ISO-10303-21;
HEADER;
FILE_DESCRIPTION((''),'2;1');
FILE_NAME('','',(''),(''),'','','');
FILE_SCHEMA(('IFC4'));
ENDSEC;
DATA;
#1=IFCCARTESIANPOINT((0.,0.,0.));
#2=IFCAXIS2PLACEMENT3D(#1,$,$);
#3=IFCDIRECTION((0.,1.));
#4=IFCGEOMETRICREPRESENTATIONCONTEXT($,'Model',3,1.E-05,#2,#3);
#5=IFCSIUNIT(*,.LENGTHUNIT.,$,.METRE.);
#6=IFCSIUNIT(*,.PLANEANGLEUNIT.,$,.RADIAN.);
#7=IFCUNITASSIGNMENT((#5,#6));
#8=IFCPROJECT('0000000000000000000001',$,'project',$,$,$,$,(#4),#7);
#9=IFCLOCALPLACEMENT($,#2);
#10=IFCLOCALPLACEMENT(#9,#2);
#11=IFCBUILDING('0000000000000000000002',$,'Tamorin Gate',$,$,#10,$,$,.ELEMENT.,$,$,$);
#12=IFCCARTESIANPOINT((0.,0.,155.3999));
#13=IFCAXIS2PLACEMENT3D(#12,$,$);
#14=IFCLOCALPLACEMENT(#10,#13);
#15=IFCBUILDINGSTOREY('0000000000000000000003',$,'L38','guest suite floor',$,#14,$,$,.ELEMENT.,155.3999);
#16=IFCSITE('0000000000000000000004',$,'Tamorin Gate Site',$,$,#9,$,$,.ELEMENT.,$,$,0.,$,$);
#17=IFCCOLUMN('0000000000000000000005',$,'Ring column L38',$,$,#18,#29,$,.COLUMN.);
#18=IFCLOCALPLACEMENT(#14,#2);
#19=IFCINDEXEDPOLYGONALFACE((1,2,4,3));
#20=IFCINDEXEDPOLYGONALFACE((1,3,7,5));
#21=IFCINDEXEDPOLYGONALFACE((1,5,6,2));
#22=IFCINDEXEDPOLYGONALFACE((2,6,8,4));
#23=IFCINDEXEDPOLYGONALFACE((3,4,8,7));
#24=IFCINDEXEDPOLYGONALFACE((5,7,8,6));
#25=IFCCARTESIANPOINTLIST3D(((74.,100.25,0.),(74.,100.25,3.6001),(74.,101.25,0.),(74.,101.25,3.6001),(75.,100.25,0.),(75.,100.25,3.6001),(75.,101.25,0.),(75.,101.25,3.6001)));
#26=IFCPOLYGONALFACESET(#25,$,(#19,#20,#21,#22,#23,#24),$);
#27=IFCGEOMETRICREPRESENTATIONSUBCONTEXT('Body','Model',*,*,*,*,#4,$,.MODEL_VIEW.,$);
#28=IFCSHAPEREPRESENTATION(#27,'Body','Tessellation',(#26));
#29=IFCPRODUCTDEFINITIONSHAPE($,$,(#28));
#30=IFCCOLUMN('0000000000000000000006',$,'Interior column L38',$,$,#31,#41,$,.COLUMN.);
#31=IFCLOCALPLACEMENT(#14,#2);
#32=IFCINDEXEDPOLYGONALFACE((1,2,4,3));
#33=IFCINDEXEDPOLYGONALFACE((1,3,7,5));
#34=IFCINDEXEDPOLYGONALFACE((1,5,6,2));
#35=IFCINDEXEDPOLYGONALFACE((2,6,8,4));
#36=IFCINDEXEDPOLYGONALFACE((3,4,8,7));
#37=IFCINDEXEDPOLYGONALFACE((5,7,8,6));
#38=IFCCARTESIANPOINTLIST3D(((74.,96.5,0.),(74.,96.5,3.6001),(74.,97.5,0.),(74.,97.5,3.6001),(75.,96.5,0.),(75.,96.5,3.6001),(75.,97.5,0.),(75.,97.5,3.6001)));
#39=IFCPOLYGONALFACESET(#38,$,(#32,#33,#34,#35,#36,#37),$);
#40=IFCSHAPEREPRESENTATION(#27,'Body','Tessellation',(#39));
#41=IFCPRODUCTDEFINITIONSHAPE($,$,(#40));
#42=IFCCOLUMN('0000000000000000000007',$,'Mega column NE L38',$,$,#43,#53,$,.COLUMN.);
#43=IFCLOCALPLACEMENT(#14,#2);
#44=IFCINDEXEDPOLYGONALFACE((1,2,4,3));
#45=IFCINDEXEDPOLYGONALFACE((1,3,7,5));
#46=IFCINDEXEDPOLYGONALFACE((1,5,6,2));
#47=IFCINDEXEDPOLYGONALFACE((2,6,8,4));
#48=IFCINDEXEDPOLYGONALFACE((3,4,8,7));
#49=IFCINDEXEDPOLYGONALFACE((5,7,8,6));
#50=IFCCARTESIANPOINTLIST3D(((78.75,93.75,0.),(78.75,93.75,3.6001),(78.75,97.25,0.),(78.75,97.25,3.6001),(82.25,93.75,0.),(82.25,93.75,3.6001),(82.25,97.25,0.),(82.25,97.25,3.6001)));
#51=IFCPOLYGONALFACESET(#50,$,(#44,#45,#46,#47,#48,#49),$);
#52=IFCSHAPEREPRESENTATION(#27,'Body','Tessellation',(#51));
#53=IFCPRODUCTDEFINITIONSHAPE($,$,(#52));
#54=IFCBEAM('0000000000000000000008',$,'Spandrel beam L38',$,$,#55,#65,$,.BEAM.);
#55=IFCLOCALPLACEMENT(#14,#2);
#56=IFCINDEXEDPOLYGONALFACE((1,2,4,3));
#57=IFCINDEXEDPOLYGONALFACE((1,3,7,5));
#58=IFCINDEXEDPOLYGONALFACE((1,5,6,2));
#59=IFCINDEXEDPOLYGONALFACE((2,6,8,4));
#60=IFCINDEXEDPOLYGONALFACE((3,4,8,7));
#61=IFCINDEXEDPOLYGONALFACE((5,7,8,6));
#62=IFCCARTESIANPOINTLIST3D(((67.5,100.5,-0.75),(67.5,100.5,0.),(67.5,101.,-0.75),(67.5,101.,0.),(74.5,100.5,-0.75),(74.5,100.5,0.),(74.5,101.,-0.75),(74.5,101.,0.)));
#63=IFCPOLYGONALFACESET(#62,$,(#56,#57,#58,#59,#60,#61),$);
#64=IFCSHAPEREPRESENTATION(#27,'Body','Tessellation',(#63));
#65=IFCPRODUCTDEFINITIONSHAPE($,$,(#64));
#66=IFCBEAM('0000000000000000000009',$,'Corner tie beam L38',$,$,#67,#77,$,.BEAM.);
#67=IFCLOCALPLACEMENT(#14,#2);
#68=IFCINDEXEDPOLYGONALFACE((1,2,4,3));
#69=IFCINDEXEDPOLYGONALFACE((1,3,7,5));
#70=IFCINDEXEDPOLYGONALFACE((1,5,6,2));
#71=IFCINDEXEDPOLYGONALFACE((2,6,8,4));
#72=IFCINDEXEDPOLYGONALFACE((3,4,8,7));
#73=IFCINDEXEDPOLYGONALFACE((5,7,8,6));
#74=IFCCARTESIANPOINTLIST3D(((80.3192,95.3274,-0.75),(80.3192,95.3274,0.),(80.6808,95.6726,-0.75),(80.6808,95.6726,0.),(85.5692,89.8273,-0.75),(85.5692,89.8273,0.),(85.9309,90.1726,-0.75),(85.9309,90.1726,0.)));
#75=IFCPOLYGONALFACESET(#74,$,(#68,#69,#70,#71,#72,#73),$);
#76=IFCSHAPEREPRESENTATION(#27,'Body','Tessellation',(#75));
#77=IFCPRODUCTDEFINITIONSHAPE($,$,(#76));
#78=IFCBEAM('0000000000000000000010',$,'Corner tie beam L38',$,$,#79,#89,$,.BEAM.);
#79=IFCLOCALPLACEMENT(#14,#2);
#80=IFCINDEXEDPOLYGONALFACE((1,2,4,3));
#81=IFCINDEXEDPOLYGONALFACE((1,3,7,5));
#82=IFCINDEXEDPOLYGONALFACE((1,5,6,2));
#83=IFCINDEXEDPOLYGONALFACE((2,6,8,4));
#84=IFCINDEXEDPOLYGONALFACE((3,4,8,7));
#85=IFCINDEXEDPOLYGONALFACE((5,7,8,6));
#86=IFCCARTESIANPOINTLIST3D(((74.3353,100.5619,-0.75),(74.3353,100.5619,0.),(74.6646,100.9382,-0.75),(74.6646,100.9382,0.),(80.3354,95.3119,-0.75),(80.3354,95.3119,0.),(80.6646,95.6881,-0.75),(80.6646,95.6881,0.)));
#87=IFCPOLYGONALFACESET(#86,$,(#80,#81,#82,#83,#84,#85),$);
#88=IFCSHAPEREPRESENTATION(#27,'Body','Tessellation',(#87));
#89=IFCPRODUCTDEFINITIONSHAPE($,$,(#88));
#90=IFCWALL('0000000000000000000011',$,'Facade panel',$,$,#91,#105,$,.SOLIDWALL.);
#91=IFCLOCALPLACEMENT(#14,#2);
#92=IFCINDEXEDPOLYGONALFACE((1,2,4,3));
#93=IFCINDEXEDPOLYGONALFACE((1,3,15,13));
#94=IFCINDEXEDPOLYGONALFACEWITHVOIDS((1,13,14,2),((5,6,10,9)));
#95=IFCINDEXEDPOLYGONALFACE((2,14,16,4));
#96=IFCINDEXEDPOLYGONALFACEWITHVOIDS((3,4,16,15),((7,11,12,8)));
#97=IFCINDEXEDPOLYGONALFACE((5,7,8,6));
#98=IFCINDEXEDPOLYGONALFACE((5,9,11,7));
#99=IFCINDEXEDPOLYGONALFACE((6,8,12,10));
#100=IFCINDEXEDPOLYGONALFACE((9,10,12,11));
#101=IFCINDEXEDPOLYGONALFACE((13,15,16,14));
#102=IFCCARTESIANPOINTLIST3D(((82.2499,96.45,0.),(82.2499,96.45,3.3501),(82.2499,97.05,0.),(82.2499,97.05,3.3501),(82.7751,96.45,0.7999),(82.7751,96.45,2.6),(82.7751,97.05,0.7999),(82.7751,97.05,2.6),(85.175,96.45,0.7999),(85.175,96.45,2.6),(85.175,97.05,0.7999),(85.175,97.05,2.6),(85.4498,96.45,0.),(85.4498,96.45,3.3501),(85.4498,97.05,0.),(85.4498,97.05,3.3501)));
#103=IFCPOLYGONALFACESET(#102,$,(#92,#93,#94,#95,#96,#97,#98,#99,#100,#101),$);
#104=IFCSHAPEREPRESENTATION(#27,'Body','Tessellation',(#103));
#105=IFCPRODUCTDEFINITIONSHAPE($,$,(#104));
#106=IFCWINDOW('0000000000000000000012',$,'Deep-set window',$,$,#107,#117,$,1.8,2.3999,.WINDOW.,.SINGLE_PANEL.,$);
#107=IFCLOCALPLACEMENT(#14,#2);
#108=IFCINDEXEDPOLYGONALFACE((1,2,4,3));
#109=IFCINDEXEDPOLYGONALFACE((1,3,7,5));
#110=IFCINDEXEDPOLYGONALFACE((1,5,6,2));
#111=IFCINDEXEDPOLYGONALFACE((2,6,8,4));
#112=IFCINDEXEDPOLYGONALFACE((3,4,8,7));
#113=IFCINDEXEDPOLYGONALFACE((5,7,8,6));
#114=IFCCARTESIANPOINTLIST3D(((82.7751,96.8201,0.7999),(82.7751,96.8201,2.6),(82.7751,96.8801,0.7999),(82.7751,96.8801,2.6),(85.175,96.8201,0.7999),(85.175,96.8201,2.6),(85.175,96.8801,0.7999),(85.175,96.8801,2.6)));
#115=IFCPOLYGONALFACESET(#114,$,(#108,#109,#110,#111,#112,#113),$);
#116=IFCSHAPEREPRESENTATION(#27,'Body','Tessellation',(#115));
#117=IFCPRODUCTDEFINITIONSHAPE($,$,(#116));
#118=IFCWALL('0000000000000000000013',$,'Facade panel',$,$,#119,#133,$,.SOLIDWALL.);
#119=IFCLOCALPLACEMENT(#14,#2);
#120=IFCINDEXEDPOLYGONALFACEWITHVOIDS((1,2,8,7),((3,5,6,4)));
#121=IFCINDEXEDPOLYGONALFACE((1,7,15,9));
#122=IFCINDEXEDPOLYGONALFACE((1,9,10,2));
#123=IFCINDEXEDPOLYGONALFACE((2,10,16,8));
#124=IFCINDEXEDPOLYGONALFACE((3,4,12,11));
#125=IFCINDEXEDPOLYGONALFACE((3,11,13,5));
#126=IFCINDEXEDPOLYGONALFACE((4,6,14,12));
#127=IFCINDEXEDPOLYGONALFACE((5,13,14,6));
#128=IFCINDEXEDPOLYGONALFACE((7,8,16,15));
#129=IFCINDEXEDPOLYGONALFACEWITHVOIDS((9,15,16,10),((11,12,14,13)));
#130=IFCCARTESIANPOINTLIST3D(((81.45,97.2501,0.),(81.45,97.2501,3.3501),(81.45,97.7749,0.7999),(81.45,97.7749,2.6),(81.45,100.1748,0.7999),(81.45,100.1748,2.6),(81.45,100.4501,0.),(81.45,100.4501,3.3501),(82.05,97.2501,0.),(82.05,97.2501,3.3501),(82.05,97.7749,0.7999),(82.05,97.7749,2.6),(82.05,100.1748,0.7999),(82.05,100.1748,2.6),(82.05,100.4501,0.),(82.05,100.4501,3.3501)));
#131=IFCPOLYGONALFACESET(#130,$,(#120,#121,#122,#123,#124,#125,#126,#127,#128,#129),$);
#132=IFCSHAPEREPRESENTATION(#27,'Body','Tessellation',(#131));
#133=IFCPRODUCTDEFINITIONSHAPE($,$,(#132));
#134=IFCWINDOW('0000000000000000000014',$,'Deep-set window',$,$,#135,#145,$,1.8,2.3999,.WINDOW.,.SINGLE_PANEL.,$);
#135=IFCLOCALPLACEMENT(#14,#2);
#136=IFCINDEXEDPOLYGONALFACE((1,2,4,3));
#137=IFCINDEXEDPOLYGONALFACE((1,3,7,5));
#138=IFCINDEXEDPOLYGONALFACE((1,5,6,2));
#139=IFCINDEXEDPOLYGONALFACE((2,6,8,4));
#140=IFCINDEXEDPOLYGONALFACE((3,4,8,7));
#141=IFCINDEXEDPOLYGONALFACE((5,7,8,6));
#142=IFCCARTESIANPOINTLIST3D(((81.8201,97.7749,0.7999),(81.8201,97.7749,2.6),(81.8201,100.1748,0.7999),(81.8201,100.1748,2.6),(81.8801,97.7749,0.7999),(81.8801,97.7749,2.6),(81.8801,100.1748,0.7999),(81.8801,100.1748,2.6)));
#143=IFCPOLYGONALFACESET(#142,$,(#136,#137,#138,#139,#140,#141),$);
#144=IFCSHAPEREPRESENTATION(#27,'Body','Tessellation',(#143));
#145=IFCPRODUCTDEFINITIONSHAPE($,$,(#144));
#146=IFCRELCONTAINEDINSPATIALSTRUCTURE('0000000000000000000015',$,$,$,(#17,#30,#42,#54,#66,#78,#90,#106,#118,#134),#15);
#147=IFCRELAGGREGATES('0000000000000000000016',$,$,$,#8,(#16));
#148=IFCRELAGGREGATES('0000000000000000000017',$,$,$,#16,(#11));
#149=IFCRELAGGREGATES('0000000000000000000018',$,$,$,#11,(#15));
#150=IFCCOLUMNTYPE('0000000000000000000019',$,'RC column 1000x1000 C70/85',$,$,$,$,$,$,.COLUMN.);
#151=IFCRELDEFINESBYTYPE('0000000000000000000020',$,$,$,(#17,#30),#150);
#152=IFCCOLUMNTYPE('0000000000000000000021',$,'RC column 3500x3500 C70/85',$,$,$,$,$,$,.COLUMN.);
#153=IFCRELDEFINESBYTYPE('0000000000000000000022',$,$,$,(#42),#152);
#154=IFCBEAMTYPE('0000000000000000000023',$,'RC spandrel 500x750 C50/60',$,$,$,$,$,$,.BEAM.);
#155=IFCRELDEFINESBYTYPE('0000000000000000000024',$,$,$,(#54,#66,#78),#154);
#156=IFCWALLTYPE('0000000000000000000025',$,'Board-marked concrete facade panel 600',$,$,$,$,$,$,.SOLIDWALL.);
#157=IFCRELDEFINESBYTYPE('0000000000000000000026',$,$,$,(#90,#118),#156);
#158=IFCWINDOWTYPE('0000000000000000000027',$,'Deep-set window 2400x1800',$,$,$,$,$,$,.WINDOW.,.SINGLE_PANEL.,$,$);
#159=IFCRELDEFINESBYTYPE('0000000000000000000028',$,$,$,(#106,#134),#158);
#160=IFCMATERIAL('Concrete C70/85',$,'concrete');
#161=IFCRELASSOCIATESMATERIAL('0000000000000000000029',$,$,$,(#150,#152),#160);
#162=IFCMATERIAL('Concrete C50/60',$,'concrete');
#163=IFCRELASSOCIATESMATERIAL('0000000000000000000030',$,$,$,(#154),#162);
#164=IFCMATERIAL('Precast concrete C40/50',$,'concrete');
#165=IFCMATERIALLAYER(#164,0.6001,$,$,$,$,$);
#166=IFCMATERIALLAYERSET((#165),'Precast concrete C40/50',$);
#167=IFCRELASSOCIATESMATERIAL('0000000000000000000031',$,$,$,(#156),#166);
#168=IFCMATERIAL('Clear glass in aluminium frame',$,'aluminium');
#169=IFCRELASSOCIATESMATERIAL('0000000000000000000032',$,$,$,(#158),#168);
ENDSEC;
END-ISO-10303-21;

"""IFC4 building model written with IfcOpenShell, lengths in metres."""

from ifc_helpers import new_model, si_unit, direction, frame, frame_2d, origin, origin_2d, place, context, subcontext, project, spatial, rectangle, extrude, material, layer, layer_set, material_profile, profile_set, type_object, element, fill, save


model = new_model("IFC4")

# Units and contexts
model_context = context("Model", 3, precision=1e-05, world=origin(), true_north=direction((0.0, 1.0)))
body_context = subcontext(model_context, "Body", "Model", "MODEL_VIEW")
ifc_project = project(units=[si_unit("LENGTHUNIT", "METRE"), si_unit("PLANEANGLEUNIT", "RADIAN")], contexts=[model_context])

# Site, building, storey
site_placement = place(None, origin())
site = spatial("IfcSite", under=ifc_project, at=site_placement, Name="Tamorin Gate Site", CompositionType="ELEMENT", RefElevation=0.0)
building_placement = place(site_placement, origin())
building = spatial("IfcBuilding", under=site, at=building_placement, Name="Tamorin Gate", CompositionType="ELEMENT")
storey_placement = place(building_placement, frame((0.0, 0.0, 155.3999)))
storey = spatial("IfcBuildingStorey", under=building, at=storey_placement, Name="L38", Description="guest suite floor", CompositionType="ELEMENT", Elevation=155.3999)

# Columns
ifc_material_1 = material(Name="Concrete C70/85", Category="concrete")
ifc_material_profile_1 = material_profile(ifc_material_1, rectangle(XDim=1.0, YDim=1.0, at=origin_2d()), Name="RC 1000x1000")
ifc_profile_set_1 = profile_set([ifc_material_profile_1], Name="Concrete C70/85")
column_type_1 = type_object("IfcColumnType", Name="RC column 1000x1000 C70/85", PredefinedType="COLUMN", material=ifc_profile_set_1)
for number, where, z_axis, x_axis, name in (
    (1, (74.5, 100.75, 0.0), (0.0, 0.0, 1.0), (1.0, 0.0, 0.0), "Ring column L38"),
    (2, (74.5, 97.0, 0.0), (0.0, 0.0, 1.0), (1.0, 0.0, 0.0), "Interior column L38"),
):
    element("IfcColumn", number, at=place(storey_placement, frame(where, z_axis=z_axis, x_axis=x_axis)), inside=storey, type_object=column_type_1, Name=name, PredefinedType="COLUMN", context=body_context, shape_type="SweptSolid", body=[
        extrude(rectangle(XDim=1.0, YDim=1.0, at=origin_2d()), origin(), (0.0, 0.0, 1.0), 3.6001),
    ])
ifc_material_profile_2 = material_profile(ifc_material_1, rectangle(XDim=3.5, YDim=3.5, at=origin_2d()), Name="RC 3500x3500")
ifc_profile_set_2 = profile_set([ifc_material_profile_2], Name="Concrete C70/85")
column_type_2 = type_object("IfcColumnType", Name="RC column 3500x3500 C70/85", PredefinedType="COLUMN", material=ifc_profile_set_2)
column_placement = place(storey_placement, frame((80.5, 95.5, 0.0), z_axis=(0.0, 0.0, 1.0), x_axis=(1.0, 0.0, 0.0)))
element("IfcColumn", 3, at=column_placement, inside=storey, type_object=column_type_2, Name="Mega column NE L38", PredefinedType="COLUMN", context=body_context, shape_type="SweptSolid", body=[
    extrude(rectangle(XDim=3.5, YDim=3.5, at=origin_2d()), origin(), (0.0, 0.0, 1.0), 3.6001),
])

# Beams
ifc_material_2 = material(Name="Concrete C50/60", Category="concrete")
ifc_material_profile_3 = material_profile(ifc_material_2, rectangle(XDim=0.5, YDim=0.75, at=origin_2d()), Name="RC 500x750")
ifc_profile_set_3 = profile_set([ifc_material_profile_3], Name="Concrete C50/60")
beam_type = type_object("IfcBeamType", Name="RC spandrel 500x750 C50/60", PredefinedType="BEAM", material=ifc_profile_set_3)
beam_1_placement = place(storey_placement, frame((74.5, 100.75, -0.375), z_axis=(-1.0, 0.0, 0.0), x_axis=(0.0, -1.0, 0.0)))
element("IfcBeam", 4, at=beam_1_placement, inside=storey, type_object=beam_type, Name="Spandrel beam L38", PredefinedType="BEAM", context=body_context, shape_type="SweptSolid", body=[
    extrude(rectangle(XDim=0.5, YDim=0.75, at=origin_2d()), origin(), (0.0, 0.0, 1.0), 7.0),
])
beam_2_placement = place(storey_placement, frame((80.5, 95.5, -0.375), z_axis=(0.690476, -0.723356, 0.0), x_axis=(0.723356, 0.690476, 0.0)))
element("IfcBeam", 5, at=beam_2_placement, inside=storey, type_object=beam_type, Name="Corner tie beam L38", PredefinedType="BEAM", context=body_context, shape_type="SweptSolid", body=[
    extrude(rectangle(XDim=0.5, YDim=0.75, at=origin_2d()), origin(), (0.0, 0.0, 1.0), 7.6035),
])
beam_3_placement = place(storey_placement, frame((80.5, 95.5, -0.375), z_axis=(-0.752577, 0.658505, 0.0), x_axis=(-0.658505, -0.752577, 0.0)))
element("IfcBeam", 6, at=beam_3_placement, inside=storey, type_object=beam_type, Name="Corner tie beam L38", PredefinedType="BEAM", context=body_context, shape_type="SweptSolid", body=[
    extrude(rectangle(XDim=0.5, YDim=0.75, at=origin_2d()), origin(), (0.0, 0.0, 1.0), 7.9727),
])

# Walls, openings, windows
ifc_material_3 = material(Name="Precast concrete C40/50", Category="concrete")
ifc_layer_1 = layer(ifc_material_3, 0.6001)
ifc_layer_set_1 = layer_set([ifc_layer_1], Name="Precast concrete C40/50")
wall_type_1 = type_object("IfcWallType", Name="Board-marked concrete facade panel 600", PredefinedType="SOLIDWALL", material=ifc_layer_set_1)
wall_1_placement = place(storey_placement, frame((85.45, 96.75, 0.0), z_axis=(0.0, 0.0, 1.0), x_axis=(-1.0, 0.0, 0.0)))
wall_1 = element("IfcWall", 7, at=wall_1_placement, inside=storey, type_object=wall_type_1, Name="Facade panel", PredefinedType="SOLIDWALL", context=body_context, shape_type="SweptSolid", body=[
    extrude(rectangle(XDim=3.2, YDim=0.6001, at=frame_2d((1.6001, 0.0))), origin(), (0.0, 0.0, 1.0), 3.3501),
])
opening_1_placement = place(wall_1_placement, frame((0.2749, 0.0, 0.8)))
opening_1 = element("IfcOpeningElement", 8, at=opening_1_placement, cuts=wall_1, PredefinedType="OPENING", context=body_context, shape_type="SweptSolid", body=[
    extrude(rectangle(XDim=2.3999, YDim=1.8, at=frame_2d((1.2, 0.8999))), frame((0.0, 0.3101, 0.0), z_axis=(0.0, -1.0, 0.0), x_axis=(1.0, 0.0, 0.0)), (0.0, 0.0, 1.0), 0.6201),
])
ifc_material_4 = material(Name="Clear glass in aluminium frame", Category="aluminium")
window_type_1 = type_object("IfcWindowType", Name="Deep-set window 2400x1800", PartitioningType="SINGLE_PANEL", PredefinedType="WINDOW", material=ifc_material_4)
window_1_placement = place(opening_1_placement, origin())
window_1 = element("IfcWindow", 9, at=window_1_placement, inside=storey, type_object=window_type_1, Name="Deep-set window", OverallHeight=1.8, OverallWidth=2.3999, PartitioningType="SINGLE_PANEL", PredefinedType="WINDOW", context=body_context, shape_type="SweptSolid", body=[
    extrude(rectangle(XDim=2.3999, YDim=1.8, at=frame_2d((1.2, 0.8999))), frame((0.0, -0.0701, 0.0), z_axis=(0.0, -1.0, 0.0), x_axis=(1.0, 0.0, 0.0)), (0.0, 0.0, 1.0), 0.0601),
])
fill(opening_1, window_1)
wall_2_placement = place(storey_placement, frame((81.75, 97.25, 0.0), z_axis=(0.0, 0.0, 1.0), x_axis=(0.0, 1.0, 0.0)))
wall_2 = element("IfcWall", 10, at=wall_2_placement, inside=storey, type_object=wall_type_1, Name="Facade panel", PredefinedType="SOLIDWALL", context=body_context, shape_type="SweptSolid", body=[
    extrude(rectangle(XDim=3.2, YDim=0.6001, at=frame_2d((1.6001, 0.0))), origin(), (0.0, 0.0, 1.0), 3.3501),
])
opening_2_placement = place(wall_2_placement, frame((0.5249, 0.0, 0.8)))
opening_2 = element("IfcOpeningElement", 11, at=opening_2_placement, cuts=wall_2, PredefinedType="OPENING", context=body_context, shape_type="SweptSolid", body=[
    extrude(rectangle(XDim=2.3999, YDim=1.8, at=frame_2d((1.2, 0.8999))), frame((0.0, 0.3101, 0.0), z_axis=(0.0, -1.0, 0.0), x_axis=(1.0, 0.0, 0.0)), (0.0, 0.0, 1.0), 0.6201),
])
window_2_placement = place(opening_2_placement, origin())
window_2 = element("IfcWindow", 12, at=window_2_placement, inside=storey, type_object=window_type_1, Name="Deep-set window", OverallHeight=1.8, OverallWidth=2.3999, PartitioningType="SINGLE_PANEL", PredefinedType="WINDOW", context=body_context, shape_type="SweptSolid", body=[
    extrude(rectangle(XDim=2.3999, YDim=1.8, at=frame_2d((1.2, 0.8999))), frame((0.0, -0.0701, 0.0), z_axis=(0.0, -1.0, 0.0), x_axis=(1.0, 0.0, 0.0)), (0.0, 0.0, 1.0), 0.0601),
])
fill(opening_2, window_2)

save(model, "model.ifc")
